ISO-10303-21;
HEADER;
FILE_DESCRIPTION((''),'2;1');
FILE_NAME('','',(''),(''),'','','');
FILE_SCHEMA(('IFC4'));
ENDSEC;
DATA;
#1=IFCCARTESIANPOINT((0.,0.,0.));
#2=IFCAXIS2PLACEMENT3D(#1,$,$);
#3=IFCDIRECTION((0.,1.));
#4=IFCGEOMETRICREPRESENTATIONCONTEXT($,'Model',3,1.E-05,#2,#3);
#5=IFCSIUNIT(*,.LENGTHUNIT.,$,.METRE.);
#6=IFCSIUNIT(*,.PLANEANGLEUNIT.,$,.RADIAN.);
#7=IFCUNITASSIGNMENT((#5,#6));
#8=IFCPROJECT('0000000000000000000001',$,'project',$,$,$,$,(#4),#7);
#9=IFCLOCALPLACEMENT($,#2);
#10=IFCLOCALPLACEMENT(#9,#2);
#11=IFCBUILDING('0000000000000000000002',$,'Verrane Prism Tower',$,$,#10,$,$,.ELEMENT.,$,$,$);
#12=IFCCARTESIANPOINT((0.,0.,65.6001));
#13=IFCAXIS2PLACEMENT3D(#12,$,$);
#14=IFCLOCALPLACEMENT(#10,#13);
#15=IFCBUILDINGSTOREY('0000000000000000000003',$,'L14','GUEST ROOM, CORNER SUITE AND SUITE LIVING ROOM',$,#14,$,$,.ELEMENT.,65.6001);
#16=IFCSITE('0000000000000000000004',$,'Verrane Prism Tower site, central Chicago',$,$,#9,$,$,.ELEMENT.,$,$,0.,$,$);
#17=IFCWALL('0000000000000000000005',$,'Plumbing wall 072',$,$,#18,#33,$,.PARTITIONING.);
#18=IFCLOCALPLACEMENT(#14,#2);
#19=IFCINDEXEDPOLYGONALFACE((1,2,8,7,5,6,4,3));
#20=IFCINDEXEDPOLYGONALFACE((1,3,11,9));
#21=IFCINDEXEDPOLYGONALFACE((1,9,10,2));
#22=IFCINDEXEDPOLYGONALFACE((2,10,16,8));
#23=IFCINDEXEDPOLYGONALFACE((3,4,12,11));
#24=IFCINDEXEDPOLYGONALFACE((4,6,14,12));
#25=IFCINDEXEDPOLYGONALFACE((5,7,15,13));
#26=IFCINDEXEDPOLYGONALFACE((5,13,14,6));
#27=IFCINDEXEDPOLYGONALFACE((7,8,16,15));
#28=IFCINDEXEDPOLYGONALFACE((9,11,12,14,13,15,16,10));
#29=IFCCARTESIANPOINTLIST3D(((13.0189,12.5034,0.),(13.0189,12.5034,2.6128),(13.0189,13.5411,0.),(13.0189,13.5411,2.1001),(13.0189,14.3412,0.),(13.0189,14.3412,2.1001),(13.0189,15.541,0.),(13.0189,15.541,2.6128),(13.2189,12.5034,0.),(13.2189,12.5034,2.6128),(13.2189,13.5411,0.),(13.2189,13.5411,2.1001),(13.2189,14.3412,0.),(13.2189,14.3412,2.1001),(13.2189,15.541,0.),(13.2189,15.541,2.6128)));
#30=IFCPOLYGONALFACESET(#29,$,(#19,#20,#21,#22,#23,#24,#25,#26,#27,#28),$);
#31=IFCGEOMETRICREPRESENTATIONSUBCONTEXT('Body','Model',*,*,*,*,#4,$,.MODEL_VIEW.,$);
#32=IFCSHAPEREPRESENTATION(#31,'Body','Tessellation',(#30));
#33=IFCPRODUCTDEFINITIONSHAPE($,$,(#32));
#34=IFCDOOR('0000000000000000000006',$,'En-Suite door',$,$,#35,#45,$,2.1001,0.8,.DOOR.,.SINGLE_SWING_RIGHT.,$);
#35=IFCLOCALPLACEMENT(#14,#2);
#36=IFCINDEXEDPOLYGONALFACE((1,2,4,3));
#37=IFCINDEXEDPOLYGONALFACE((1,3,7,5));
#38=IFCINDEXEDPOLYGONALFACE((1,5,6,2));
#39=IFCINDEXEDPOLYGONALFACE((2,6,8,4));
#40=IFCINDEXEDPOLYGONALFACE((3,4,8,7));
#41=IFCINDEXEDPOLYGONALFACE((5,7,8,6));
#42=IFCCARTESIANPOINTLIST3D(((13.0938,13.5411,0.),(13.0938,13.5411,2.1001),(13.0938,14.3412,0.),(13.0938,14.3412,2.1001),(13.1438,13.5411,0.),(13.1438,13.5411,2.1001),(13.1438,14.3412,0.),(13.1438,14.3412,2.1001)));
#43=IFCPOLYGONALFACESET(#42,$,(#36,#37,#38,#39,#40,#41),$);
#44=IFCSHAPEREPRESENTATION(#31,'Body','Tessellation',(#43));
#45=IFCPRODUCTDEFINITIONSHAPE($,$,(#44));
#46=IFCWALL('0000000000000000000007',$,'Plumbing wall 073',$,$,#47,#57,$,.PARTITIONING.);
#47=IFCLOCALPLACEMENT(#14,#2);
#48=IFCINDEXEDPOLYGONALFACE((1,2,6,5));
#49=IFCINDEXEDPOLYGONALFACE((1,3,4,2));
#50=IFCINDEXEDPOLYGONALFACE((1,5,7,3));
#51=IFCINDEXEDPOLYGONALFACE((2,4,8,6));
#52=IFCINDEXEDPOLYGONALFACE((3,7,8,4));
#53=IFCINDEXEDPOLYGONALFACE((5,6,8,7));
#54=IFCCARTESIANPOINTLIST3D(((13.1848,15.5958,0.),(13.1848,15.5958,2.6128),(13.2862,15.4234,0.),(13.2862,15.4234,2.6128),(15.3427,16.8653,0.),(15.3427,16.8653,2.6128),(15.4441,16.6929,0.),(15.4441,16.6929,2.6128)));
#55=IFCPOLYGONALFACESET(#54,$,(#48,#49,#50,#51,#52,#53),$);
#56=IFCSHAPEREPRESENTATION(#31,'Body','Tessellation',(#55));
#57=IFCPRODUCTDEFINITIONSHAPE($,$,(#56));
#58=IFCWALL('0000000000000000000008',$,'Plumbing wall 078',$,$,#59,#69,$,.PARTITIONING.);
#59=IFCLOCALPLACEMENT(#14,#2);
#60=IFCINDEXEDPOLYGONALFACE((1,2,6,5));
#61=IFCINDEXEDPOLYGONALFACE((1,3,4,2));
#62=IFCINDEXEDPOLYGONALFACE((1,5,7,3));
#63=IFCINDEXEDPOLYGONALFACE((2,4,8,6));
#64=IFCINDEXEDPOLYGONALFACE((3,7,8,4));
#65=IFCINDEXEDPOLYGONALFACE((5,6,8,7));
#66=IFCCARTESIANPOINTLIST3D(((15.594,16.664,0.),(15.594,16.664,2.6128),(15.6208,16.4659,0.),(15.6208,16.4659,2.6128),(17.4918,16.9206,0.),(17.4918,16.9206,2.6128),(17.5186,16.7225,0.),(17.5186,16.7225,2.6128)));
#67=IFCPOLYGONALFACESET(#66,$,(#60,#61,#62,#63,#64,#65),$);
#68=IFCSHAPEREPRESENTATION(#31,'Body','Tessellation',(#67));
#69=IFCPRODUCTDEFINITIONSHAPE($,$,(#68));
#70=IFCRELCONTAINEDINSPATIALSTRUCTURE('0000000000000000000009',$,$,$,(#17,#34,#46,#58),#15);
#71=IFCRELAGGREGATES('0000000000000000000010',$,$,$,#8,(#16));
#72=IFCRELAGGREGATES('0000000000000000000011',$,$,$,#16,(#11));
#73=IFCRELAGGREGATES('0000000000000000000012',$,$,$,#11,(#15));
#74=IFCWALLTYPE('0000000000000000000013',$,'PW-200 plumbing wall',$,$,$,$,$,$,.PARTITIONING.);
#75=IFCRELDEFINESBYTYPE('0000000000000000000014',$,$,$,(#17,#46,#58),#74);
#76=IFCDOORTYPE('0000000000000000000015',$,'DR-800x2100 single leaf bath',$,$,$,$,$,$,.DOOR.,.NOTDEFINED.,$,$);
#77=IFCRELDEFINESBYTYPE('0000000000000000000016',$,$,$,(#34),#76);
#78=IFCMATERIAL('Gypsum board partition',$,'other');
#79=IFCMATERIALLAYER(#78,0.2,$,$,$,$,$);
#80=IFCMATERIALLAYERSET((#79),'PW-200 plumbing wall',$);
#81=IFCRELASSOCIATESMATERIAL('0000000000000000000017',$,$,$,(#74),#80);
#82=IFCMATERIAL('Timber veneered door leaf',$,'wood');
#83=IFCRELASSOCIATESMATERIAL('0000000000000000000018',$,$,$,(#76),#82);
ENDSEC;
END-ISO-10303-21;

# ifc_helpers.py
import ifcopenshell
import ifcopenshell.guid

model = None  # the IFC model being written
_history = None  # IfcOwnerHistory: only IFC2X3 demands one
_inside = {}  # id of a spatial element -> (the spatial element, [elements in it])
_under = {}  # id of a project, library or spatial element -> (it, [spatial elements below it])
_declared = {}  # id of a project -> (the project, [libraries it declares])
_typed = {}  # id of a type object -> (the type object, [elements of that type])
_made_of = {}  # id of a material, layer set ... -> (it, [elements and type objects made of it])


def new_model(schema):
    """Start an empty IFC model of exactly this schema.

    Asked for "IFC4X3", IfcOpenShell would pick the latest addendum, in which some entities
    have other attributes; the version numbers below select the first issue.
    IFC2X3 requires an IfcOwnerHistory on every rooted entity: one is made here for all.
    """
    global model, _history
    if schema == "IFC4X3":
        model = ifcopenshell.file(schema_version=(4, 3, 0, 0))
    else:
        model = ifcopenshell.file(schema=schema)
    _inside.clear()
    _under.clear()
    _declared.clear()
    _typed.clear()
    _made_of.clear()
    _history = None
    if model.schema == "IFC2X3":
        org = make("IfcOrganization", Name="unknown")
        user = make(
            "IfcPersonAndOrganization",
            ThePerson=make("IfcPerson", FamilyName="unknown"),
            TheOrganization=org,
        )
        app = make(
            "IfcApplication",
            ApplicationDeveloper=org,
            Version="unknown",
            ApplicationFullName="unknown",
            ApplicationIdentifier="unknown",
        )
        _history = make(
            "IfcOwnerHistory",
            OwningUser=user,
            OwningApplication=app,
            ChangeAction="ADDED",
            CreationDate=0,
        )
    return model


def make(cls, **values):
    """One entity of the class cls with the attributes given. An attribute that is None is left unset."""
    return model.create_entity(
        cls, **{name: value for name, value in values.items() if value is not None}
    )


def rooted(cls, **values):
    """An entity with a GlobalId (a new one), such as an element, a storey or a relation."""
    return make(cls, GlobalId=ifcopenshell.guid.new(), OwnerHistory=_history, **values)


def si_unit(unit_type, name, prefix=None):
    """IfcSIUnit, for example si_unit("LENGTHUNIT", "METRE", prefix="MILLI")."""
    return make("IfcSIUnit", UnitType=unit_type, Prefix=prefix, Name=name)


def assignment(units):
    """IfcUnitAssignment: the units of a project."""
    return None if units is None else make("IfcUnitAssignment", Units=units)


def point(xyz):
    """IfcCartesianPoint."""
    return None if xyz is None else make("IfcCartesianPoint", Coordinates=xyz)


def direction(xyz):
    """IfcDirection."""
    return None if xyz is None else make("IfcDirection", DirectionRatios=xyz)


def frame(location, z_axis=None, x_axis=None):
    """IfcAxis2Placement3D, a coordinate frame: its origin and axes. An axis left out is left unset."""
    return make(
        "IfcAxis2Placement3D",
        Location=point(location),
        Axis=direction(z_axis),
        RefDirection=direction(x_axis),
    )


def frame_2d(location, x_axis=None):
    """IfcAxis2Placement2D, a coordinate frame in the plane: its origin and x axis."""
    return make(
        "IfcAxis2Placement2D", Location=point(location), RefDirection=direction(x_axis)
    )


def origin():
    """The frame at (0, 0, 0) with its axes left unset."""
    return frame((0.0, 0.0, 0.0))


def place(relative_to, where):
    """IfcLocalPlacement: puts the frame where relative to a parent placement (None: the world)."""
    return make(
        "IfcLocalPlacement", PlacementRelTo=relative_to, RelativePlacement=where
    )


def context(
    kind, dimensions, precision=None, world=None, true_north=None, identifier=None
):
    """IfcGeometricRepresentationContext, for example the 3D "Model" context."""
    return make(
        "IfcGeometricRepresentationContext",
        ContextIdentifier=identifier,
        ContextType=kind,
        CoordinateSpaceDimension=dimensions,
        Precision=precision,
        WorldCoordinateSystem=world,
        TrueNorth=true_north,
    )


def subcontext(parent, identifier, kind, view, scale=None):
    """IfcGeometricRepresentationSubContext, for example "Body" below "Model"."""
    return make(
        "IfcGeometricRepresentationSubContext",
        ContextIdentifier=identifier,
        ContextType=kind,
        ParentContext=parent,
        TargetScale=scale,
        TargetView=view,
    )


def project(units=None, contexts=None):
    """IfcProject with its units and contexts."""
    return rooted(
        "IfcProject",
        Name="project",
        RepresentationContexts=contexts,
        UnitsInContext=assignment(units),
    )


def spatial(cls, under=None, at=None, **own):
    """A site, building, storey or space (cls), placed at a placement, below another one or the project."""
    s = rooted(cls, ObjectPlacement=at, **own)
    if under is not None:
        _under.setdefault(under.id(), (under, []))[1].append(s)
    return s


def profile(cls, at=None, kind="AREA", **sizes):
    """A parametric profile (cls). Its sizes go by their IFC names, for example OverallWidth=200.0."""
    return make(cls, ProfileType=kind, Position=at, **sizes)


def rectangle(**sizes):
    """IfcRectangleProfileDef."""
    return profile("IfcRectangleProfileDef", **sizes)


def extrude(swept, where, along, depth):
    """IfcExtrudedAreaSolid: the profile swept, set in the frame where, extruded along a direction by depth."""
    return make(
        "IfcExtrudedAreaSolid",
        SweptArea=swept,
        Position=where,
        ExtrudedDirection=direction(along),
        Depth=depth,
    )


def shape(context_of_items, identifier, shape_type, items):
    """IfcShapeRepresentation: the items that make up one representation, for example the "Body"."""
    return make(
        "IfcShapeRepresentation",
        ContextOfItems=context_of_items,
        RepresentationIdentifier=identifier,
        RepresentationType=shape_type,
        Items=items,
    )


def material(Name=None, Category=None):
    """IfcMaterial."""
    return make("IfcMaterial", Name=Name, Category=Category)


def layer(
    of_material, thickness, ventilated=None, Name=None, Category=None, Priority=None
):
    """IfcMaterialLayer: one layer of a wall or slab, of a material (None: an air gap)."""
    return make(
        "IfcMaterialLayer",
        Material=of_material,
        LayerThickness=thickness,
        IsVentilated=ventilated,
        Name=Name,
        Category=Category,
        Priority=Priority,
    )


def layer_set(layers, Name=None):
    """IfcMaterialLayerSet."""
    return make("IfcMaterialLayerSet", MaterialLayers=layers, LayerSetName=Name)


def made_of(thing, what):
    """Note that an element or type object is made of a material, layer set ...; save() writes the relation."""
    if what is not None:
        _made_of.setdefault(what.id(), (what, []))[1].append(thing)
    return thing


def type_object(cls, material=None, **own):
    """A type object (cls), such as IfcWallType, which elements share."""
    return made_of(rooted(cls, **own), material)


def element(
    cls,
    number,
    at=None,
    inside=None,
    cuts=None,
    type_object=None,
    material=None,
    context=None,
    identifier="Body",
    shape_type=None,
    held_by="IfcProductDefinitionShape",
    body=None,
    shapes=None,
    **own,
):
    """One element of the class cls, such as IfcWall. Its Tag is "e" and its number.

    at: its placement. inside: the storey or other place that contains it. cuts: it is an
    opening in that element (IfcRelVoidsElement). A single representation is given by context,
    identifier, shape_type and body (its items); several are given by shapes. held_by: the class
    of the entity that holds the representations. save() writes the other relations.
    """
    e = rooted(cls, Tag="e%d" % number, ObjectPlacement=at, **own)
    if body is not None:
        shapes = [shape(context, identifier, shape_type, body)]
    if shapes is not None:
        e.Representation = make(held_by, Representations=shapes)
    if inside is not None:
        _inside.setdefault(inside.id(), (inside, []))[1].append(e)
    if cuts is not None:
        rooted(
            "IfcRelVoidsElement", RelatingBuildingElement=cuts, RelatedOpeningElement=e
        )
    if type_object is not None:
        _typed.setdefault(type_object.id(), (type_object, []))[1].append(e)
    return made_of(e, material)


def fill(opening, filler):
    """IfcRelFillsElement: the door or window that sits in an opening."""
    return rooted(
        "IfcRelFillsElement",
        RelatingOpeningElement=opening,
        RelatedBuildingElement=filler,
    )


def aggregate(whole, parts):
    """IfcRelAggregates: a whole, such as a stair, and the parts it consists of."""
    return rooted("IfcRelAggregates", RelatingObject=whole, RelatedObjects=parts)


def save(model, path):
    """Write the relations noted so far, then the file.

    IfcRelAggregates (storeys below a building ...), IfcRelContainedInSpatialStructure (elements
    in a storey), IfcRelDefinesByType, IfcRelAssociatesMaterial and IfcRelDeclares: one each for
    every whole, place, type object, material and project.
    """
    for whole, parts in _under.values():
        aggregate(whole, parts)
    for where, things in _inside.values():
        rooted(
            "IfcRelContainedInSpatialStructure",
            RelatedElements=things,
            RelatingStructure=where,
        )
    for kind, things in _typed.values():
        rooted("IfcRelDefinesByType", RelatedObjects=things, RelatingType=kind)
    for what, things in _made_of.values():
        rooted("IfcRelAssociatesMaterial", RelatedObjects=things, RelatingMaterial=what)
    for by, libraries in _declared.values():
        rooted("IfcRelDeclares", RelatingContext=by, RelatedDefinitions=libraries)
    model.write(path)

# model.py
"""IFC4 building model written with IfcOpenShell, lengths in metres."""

from ifc_helpers import new_model, si_unit, direction, frame, frame_2d, origin, place, context, subcontext, project, spatial, rectangle, extrude, material, layer, layer_set, type_object, element, fill, save


model = new_model("IFC4")

# Units and contexts
model_context = context("Model", 3, precision=1e-05, world=origin(), true_north=direction((0.0, 1.0)))
body_context = subcontext(model_context, "Body", "Model", "MODEL_VIEW")
ifc_project = project(units=[si_unit("LENGTHUNIT", "METRE"), si_unit("PLANEANGLEUNIT", "RADIAN")], contexts=[model_context])

# Site, building, storey
site_placement = place(None, origin())
site = spatial("IfcSite", under=ifc_project, at=site_placement, Name="Verrane Prism Tower site, central Chicago", CompositionType="ELEMENT", RefElevation=0.0)
building_placement = place(site_placement, origin())
building = spatial("IfcBuilding", under=site, at=building_placement, Name="Verrane Prism Tower", CompositionType="ELEMENT")
storey_placement = place(building_placement, frame((0.0, 0.0, 65.6001)))
storey = spatial("IfcBuildingStorey", under=building, at=storey_placement, Name="L14", Description="GUEST ROOM, CORNER SUITE AND SUITE LIVING ROOM", CompositionType="ELEMENT", Elevation=65.6001)

# Shared definitions
ifc_material_1 = material(Name="Gypsum board partition", Category="other")
ifc_layer_1 = layer(ifc_material_1, 0.2)
ifc_layer_set_1 = layer_set([ifc_layer_1], Name="PW-200 plumbing wall")
wall_type_1 = type_object("IfcWallType", Name="PW-200 plumbing wall", PredefinedType="PARTITIONING", material=ifc_layer_set_1)
ifc_material_2 = material(Name="Timber veneered door leaf", Category="wood")
door_type = type_object("IfcDoorType", Name="DR-800x2100 single leaf bath", OperationType="NOTDEFINED", PredefinedType="DOOR", material=ifc_material_2)

# Wall, opening, door
wall_1_placement = place(storey_placement, frame((13.1189, 15.541, 0.0), z_axis=(0.0, 0.0, 1.0), x_axis=(0.0, -1.0, 0.0)))
wall_1 = element("IfcWall", 1, at=wall_1_placement, inside=storey, type_object=wall_type_1, Name="Plumbing wall 072", PredefinedType="PARTITIONING", context=body_context, shape_type="SweptSolid", body=[
    extrude(rectangle(XDim=3.0376, YDim=0.2, at=frame_2d((1.5188, 0.0))), origin(), (0.0, 0.0, 1.0), 2.6128),
])
opening_1_placement = place(wall_1_placement, frame((1.2, 0.0, 0.0)))
opening_1 = element("IfcOpeningElement", 2, at=opening_1_placement, cuts=wall_1, PredefinedType="OPENING", context=body_context, shape_type="SweptSolid", body=[
    extrude(rectangle(XDim=0.8, YDim=2.1001, at=frame_2d((0.3999, 1.05))), frame((0.0, 0.1099, 0.0), z_axis=(0.0, -1.0, 0.0), x_axis=(1.0, 0.0, 0.0)), (0.0, 0.0, 1.0), 0.22),
])
door_1_placement = place(opening_1_placement, origin())
door_1 = element("IfcDoor", 3, at=door_1_placement, inside=storey, type_object=door_type, Name="En-Suite door", OperationType="SINGLE_SWING_RIGHT", OverallHeight=2.1001, OverallWidth=0.8, PredefinedType="DOOR", context=body_context, shape_type="SweptSolid", body=[
    extrude(rectangle(XDim=0.8, YDim=2.1001, at=frame_2d((0.3999, 1.05))), frame((0.0, 0.0249, 0.0), z_axis=(0.0, -1.0, 0.0), x_axis=(1.0, 0.0, 0.0)), (0.0, 0.0, 1.0), 0.05),
])
fill(opening_1, door_1)

# Walls
wall_2_placement = place(storey_placement, frame((13.2354, 15.5095, 0.0), z_axis=(0.0, 0.0, 1.0), x_axis=(0.861909, 0.507063, 0.0)))
element("IfcWall", 4, at=wall_2_placement, inside=storey, type_object=wall_type_1, Name="Plumbing wall 073", PredefinedType="PARTITIONING", context=body_context, shape_type="SweptSolid", body=[
    extrude(rectangle(XDim=2.5037, YDim=0.2, at=frame_2d((1.252, 0.0))), origin(), (0.0, 0.0, 1.0), 2.6128),
])
wall_3_placement = place(storey_placement, frame((15.6074, 16.5649, 0.0), z_axis=(0.0, 0.0, 1.0), x_axis=(0.990982, 0.133992, 0.0)))
element("IfcWall", 5, at=wall_3_placement, inside=storey, type_object=wall_type_1, Name="Plumbing wall 078", PredefinedType="PARTITIONING", context=body_context, shape_type="SweptSolid", body=[
    extrude(rectangle(XDim=1.915, YDim=0.2, at=frame_2d((0.9575, 0.0))), origin(), (0.0, 0.0, 1.0), 2.6128),
])

save(model, "model.ifc")
